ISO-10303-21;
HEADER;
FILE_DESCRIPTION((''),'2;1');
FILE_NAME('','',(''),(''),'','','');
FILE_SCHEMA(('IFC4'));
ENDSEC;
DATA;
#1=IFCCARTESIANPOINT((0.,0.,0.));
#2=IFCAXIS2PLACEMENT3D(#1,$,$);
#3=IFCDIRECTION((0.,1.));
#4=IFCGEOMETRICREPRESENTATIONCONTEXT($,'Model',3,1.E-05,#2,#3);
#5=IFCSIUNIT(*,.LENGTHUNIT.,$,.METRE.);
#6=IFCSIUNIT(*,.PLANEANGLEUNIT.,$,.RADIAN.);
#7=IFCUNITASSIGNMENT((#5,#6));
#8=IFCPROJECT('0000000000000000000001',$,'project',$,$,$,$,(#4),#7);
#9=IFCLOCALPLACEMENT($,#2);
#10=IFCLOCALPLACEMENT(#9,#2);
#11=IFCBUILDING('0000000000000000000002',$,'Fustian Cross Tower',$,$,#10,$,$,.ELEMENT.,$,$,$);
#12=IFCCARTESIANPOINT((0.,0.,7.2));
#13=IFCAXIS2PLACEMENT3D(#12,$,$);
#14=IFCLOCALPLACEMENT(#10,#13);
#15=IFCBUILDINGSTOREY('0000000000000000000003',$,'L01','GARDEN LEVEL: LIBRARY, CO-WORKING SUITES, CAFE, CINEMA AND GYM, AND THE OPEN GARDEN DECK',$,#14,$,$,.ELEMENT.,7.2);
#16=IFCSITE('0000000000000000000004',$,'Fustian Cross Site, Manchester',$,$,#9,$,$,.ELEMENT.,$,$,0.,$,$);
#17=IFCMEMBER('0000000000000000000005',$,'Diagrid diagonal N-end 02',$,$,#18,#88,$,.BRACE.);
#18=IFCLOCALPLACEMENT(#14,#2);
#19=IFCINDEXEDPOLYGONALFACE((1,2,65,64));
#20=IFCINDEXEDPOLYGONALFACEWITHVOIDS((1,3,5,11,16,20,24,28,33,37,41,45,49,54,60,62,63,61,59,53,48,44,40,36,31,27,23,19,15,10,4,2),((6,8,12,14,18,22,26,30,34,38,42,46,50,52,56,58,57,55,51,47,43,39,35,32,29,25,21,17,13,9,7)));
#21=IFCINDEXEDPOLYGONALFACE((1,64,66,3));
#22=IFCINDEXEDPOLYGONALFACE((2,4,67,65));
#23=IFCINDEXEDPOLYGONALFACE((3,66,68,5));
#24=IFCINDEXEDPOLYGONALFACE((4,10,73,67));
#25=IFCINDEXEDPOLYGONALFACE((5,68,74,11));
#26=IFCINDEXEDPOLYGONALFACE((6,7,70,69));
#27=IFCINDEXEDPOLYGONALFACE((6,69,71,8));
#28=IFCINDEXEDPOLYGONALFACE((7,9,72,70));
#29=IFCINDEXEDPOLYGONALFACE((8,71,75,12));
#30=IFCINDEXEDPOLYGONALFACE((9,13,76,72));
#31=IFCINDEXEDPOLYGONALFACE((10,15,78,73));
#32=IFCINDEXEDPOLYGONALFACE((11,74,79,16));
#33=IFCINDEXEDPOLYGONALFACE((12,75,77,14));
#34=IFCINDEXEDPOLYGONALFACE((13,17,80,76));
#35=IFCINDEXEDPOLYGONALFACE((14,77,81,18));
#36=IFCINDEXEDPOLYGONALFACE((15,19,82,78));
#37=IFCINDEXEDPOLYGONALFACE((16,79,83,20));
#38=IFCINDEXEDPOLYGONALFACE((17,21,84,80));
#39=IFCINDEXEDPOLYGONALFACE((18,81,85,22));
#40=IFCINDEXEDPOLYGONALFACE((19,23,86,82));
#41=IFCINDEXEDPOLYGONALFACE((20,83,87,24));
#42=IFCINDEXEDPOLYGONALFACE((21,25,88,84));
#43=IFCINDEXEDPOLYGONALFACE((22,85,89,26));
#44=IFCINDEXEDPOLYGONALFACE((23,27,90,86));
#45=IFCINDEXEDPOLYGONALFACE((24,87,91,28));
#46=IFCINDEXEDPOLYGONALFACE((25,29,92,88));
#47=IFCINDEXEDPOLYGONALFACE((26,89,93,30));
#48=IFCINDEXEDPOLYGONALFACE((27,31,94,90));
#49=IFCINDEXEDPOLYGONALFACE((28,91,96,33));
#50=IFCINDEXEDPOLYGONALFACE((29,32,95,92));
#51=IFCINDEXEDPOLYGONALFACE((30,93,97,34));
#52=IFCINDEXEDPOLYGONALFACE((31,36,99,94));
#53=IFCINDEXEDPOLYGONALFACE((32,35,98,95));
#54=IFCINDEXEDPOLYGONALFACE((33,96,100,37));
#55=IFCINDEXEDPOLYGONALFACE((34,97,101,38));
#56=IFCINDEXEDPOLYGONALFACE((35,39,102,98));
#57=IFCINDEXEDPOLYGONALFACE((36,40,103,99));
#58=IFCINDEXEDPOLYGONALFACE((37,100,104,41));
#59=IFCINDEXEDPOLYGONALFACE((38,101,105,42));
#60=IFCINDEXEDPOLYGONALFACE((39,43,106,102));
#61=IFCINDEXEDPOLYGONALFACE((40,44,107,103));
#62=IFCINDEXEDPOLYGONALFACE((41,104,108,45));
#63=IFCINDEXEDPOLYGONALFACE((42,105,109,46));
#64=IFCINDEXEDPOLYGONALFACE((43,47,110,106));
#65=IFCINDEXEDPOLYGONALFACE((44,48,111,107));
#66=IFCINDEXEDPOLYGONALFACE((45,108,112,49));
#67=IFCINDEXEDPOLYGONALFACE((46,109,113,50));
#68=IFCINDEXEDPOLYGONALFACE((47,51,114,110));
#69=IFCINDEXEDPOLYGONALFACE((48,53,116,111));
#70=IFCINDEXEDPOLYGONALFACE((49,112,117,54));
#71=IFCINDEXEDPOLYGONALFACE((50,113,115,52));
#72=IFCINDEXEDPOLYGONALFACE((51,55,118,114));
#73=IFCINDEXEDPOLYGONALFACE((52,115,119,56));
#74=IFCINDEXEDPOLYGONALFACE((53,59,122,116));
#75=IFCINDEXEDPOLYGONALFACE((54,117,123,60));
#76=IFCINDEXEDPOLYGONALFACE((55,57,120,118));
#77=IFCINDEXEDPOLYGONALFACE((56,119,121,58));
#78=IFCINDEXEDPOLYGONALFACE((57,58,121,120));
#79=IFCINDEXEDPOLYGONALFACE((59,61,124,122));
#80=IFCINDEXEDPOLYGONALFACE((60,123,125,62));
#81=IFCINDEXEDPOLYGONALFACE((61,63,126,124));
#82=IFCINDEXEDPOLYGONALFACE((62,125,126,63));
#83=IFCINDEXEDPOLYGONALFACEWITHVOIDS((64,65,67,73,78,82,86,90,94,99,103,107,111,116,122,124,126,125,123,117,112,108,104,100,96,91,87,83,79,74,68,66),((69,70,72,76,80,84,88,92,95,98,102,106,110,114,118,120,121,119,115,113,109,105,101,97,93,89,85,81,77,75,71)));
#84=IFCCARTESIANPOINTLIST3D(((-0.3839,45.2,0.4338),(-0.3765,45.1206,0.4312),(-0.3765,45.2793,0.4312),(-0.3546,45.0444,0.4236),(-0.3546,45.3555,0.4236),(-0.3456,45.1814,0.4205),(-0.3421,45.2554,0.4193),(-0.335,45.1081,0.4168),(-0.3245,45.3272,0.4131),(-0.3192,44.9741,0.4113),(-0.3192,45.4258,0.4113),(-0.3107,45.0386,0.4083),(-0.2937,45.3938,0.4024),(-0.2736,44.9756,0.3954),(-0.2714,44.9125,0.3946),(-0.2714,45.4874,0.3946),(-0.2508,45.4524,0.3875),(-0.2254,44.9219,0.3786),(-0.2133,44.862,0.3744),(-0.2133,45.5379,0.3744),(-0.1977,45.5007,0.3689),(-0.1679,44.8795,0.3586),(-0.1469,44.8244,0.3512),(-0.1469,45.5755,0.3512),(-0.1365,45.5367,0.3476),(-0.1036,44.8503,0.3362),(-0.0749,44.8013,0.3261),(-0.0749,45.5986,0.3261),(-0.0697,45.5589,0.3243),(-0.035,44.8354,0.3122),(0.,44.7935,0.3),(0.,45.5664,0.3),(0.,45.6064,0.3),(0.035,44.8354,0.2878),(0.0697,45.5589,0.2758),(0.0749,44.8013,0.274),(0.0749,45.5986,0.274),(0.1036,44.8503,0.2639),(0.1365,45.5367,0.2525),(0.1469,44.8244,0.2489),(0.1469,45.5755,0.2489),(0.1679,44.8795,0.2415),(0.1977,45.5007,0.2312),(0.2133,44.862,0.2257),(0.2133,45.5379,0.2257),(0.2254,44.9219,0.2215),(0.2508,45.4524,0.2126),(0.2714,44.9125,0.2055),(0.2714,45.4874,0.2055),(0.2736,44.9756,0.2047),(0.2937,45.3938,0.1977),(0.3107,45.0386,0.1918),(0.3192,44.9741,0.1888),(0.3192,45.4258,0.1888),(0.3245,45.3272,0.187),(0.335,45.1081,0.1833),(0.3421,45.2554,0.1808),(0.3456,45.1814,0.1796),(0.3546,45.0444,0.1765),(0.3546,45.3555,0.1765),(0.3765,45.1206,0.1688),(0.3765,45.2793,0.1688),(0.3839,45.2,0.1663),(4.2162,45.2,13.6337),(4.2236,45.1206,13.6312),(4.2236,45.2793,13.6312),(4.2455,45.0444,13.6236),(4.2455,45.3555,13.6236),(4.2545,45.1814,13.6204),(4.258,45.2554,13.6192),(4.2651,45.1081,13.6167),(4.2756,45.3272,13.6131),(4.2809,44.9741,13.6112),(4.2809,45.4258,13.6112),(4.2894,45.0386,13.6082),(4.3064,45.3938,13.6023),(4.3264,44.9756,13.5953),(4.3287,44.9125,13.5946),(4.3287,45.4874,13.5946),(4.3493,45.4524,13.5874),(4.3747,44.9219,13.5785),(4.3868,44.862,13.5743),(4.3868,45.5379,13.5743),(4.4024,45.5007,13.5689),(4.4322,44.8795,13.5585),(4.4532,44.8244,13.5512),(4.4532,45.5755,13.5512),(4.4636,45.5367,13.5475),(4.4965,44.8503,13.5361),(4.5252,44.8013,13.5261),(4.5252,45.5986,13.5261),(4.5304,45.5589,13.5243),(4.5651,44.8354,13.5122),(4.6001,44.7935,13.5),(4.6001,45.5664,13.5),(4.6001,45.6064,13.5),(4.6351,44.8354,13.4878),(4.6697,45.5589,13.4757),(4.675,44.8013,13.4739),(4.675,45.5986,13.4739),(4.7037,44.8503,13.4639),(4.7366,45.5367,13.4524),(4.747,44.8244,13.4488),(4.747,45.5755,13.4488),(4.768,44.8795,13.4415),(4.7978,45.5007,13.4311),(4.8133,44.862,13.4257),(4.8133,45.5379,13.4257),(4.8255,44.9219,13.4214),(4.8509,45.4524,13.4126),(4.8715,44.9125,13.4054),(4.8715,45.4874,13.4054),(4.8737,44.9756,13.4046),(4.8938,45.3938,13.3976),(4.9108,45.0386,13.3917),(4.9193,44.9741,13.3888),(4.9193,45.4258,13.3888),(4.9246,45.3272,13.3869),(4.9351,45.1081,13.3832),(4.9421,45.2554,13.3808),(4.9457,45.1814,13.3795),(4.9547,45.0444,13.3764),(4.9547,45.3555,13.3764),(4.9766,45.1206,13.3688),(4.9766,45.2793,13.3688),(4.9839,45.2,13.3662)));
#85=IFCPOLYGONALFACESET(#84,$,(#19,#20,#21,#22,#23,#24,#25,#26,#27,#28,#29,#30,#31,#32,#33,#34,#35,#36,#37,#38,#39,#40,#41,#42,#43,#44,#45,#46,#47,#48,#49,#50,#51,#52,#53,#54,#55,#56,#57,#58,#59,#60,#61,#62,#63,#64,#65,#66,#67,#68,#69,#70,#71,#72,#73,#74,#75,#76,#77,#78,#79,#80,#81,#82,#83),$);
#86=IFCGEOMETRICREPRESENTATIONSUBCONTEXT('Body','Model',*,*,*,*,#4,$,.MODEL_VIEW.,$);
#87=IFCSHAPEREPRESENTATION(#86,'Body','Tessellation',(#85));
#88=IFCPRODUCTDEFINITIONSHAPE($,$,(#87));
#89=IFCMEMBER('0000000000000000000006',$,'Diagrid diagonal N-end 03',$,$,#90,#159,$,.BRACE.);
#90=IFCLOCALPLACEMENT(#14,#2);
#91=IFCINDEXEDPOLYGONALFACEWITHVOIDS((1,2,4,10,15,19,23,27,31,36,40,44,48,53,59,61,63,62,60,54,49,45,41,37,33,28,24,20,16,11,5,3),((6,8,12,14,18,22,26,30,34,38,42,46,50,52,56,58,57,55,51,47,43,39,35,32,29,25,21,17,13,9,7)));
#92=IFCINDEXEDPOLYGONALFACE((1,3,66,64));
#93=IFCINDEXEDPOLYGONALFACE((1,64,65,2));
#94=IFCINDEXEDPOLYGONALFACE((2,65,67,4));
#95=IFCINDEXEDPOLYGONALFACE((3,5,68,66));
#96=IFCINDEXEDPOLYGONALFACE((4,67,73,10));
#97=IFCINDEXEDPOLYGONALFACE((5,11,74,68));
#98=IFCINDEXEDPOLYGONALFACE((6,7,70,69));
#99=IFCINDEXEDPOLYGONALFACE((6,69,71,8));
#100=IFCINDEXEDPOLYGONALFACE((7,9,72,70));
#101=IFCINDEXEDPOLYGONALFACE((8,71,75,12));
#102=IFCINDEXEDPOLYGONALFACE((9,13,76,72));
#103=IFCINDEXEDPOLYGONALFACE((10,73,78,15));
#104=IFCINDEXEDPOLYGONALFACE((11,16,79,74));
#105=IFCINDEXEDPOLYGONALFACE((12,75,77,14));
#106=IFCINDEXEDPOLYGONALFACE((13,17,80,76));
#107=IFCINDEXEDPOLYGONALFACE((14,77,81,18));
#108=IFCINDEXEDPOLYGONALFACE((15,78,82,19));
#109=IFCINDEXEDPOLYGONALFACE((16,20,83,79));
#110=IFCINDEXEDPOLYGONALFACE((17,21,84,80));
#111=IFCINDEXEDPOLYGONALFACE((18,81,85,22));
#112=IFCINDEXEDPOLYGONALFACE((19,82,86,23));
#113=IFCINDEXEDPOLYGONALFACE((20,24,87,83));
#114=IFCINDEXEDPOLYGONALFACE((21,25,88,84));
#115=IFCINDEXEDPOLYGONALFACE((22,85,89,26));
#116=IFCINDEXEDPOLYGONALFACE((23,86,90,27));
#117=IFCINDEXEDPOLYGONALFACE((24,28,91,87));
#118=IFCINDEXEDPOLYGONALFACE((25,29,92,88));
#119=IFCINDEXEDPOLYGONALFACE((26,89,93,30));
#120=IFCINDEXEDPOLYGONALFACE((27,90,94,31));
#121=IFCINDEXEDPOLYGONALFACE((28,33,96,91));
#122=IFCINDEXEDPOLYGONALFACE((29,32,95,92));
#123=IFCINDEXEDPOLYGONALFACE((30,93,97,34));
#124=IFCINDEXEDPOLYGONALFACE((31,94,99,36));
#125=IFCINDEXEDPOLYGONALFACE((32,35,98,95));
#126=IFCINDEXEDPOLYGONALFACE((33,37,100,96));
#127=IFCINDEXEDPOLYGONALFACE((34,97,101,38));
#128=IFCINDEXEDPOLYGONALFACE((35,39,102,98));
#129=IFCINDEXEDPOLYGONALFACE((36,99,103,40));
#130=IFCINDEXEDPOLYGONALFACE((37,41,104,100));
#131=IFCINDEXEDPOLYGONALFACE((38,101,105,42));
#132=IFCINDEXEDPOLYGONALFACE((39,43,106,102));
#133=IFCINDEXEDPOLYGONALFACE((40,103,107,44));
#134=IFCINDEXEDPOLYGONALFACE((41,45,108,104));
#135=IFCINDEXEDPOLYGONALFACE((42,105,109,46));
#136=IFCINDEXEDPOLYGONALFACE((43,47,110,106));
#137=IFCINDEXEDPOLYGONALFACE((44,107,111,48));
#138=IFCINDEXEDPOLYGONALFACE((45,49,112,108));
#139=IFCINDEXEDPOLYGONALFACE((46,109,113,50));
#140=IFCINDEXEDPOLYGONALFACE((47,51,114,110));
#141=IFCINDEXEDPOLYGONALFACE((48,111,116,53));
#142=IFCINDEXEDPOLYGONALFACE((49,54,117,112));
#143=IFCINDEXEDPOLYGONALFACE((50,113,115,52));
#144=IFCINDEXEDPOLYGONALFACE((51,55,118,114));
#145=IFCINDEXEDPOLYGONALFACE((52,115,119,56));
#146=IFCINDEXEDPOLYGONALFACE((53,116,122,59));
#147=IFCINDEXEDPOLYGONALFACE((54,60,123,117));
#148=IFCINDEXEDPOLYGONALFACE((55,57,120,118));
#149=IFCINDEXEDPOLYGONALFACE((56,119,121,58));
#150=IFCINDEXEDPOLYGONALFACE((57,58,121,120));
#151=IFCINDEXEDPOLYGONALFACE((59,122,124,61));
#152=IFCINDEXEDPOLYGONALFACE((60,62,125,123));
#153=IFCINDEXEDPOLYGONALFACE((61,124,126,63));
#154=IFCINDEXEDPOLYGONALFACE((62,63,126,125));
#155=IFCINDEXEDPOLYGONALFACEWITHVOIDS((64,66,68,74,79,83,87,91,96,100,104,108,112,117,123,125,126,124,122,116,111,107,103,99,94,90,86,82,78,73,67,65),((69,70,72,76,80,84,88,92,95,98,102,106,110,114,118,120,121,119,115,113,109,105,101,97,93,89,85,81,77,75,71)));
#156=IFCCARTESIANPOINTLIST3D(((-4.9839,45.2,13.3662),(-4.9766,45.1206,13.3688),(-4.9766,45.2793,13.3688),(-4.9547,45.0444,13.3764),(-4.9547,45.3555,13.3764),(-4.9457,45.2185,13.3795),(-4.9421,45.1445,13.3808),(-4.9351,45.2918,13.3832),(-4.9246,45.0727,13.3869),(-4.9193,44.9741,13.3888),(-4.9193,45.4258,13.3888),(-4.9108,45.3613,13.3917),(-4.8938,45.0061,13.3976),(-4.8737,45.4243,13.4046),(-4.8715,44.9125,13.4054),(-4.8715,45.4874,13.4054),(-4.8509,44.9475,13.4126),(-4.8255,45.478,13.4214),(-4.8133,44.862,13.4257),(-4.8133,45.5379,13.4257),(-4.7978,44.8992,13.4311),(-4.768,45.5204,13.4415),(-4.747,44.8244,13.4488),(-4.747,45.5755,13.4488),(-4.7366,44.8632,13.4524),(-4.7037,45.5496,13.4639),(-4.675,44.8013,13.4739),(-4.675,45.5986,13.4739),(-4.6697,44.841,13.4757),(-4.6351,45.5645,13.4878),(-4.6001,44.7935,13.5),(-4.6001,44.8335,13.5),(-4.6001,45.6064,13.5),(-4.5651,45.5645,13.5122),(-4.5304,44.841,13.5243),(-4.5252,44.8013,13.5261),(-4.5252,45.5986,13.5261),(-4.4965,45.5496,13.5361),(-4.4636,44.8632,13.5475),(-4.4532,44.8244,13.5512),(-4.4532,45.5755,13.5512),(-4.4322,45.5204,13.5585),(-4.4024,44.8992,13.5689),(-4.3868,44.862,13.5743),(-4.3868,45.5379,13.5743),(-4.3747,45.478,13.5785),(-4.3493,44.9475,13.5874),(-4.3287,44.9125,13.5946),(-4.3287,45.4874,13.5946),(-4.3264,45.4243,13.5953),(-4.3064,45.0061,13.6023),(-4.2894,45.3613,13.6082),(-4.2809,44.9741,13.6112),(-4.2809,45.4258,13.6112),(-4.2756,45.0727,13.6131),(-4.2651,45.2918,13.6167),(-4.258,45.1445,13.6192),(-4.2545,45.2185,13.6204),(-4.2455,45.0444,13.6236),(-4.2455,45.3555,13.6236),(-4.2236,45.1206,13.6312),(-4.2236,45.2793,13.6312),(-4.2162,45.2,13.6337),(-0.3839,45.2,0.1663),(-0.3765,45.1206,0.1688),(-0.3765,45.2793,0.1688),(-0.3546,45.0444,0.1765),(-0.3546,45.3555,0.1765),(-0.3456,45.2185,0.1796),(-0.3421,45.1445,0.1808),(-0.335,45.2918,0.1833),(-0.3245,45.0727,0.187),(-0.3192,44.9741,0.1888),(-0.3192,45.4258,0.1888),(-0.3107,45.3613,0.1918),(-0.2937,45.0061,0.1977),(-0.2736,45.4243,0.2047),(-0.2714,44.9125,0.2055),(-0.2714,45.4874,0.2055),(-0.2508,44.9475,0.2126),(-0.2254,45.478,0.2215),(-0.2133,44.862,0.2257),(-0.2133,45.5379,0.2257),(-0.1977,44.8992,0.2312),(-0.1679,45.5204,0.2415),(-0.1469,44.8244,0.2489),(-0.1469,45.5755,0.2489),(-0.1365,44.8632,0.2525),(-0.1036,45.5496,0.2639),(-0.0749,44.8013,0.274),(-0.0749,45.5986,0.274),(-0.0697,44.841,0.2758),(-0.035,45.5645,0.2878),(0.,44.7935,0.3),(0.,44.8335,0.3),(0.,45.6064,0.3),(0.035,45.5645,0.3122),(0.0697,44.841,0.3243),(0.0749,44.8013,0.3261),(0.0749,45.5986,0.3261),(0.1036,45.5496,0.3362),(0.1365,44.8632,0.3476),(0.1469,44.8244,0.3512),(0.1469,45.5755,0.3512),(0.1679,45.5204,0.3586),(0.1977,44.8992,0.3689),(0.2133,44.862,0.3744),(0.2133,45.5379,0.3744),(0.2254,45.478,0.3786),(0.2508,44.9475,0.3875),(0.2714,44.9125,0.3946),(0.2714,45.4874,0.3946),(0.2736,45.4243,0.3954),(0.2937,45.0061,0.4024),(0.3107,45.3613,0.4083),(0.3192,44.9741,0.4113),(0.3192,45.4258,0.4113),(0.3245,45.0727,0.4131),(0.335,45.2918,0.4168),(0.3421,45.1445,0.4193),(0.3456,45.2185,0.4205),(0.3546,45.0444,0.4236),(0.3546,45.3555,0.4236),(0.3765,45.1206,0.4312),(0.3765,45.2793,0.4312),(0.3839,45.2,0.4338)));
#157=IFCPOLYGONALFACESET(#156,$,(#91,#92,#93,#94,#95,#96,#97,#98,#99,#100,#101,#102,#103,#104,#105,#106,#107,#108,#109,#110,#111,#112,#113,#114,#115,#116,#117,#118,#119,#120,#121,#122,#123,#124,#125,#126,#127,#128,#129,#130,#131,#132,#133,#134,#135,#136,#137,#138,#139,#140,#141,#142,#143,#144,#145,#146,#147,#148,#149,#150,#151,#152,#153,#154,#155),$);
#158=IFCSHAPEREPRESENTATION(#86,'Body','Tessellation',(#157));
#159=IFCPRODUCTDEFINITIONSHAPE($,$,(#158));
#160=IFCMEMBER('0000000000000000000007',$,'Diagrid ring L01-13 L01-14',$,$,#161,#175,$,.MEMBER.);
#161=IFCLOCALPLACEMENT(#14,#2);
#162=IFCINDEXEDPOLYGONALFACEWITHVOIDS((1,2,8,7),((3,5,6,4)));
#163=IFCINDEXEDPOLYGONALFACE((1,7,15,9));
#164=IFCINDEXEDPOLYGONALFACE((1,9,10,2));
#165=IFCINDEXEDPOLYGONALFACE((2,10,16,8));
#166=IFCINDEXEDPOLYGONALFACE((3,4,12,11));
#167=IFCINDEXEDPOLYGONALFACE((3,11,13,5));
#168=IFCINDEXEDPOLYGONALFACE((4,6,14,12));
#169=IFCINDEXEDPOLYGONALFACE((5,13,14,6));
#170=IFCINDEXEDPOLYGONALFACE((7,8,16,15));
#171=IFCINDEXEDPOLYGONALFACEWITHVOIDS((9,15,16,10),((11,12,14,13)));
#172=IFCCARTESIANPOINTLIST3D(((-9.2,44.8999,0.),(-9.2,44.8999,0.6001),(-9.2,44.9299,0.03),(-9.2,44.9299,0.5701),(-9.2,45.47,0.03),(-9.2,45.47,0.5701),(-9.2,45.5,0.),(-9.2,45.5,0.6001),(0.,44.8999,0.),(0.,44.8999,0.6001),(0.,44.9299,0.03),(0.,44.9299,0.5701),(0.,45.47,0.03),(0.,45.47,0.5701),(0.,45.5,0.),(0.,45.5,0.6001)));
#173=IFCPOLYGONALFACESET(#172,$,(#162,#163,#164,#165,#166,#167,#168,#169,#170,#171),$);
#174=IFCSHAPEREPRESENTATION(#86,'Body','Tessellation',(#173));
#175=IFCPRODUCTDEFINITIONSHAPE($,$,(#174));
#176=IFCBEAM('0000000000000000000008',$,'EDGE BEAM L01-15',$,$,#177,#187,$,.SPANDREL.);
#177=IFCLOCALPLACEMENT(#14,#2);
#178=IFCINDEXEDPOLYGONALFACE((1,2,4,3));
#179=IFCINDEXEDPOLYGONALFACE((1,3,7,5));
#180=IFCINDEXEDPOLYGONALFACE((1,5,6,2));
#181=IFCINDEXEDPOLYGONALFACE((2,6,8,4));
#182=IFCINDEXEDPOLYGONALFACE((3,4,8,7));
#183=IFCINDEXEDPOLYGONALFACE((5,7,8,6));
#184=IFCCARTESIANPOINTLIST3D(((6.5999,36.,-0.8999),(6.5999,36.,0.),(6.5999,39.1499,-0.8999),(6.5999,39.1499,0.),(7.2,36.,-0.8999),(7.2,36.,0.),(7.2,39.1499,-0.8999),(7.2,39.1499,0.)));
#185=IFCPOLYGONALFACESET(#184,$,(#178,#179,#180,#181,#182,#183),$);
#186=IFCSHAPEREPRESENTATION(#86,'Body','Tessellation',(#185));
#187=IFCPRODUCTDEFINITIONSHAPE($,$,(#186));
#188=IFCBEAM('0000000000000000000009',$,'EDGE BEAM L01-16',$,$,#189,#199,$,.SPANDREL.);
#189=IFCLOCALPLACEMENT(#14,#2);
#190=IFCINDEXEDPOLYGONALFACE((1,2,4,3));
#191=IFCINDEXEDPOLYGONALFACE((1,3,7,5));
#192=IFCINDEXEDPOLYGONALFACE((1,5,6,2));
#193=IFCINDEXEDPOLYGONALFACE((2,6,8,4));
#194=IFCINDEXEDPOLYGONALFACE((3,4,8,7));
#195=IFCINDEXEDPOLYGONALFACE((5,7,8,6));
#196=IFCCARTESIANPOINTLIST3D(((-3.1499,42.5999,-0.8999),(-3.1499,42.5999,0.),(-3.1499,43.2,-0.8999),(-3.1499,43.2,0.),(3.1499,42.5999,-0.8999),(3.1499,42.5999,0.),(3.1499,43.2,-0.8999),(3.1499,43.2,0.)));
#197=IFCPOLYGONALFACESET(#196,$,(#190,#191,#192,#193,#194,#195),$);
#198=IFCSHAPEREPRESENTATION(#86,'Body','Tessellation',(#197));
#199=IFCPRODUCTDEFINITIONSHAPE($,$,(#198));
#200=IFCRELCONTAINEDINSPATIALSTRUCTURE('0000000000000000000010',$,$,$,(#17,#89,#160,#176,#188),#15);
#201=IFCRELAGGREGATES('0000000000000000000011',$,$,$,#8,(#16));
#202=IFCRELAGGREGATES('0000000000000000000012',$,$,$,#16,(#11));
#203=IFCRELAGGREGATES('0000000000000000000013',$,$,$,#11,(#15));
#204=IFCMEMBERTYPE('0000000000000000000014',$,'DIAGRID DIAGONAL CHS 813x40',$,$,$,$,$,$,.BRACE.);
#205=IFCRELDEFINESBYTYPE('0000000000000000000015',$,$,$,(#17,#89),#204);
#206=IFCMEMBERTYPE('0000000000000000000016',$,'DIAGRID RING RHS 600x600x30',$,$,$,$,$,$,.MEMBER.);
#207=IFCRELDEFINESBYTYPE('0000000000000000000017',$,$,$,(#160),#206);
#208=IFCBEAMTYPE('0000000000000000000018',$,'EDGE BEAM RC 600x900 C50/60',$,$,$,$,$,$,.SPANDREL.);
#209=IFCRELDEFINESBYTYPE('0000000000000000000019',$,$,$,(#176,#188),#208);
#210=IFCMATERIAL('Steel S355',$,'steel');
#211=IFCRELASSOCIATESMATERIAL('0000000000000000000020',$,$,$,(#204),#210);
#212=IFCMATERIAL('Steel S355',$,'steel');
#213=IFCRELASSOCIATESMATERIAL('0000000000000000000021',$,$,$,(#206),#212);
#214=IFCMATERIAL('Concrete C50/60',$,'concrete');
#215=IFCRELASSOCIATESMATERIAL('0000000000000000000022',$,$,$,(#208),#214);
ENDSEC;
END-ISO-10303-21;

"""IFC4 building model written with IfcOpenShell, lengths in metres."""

from ifc_helpers import new_model, si_unit, direction, frame, origin, origin_2d, place, context, subcontext, project, spatial, rectangle, hollow_rectangle, hollow_circle, extrude, material, material_profile, profile_set, type_object, element, save


model = new_model("IFC4")

# Units and contexts
model_context = context("Model", 3, precision=1e-05, world=origin(), true_north=direction((0.0, 1.0)))
body_context = subcontext(model_context, "Body", "Model", "MODEL_VIEW")
ifc_project = project(units=[si_unit("LENGTHUNIT", "METRE"), si_unit("PLANEANGLEUNIT", "RADIAN")], contexts=[model_context])

# Site, building, storey
site_placement = place(None, origin())
site = spatial("IfcSite", under=ifc_project, at=site_placement, Name="Fustian Cross Site, Manchester", CompositionType="ELEMENT", RefElevation=0.0)
building_placement = place(site_placement, origin())
building = spatial("IfcBuilding", under=site, at=building_placement, Name="Fustian Cross Tower", CompositionType="ELEMENT")
storey_placement = place(building_placement, frame((0.0, 0.0, 7.2)))
storey = spatial("IfcBuildingStorey", under=building, at=storey_placement, Name="L01", Description="GARDEN LEVEL: LIBRARY, CO-WORKING SUITES, CAFE, CINEMA AND GYM, AND THE OPEN GARDEN DECK", CompositionType="ELEMENT", Elevation=7.2)

# Members
ifc_material_1 = material(Name="Steel S355", Category="steel")
ifc_material_profile_1 = material_profile(ifc_material_1, hollow_circle(Radius=0.4065, WallThickness=0.04, at=origin_2d()), Name="CHS 813x40")
ifc_profile_set_1 = profile_set([ifc_material_profile_1], Name="Steel S355")
member_type_1 = type_object("IfcMemberType", Name="DIAGRID DIAGONAL CHS 813x40", PredefinedType="BRACE", material=ifc_profile_set_1)
for number, where, z_axis, x_axis, name in (
    (1, (0.0, 45.2, 0.3), (0.329083, 0.0, 0.944301), (0.0, 1.0, 0.0), "Diagrid diagonal N-end 02"),
    (2, (0.0, 45.2, 0.3), (-0.329083, 0.0, 0.944301), (0.0, -1.0, 0.0), "Diagrid diagonal N-end 03"),
):
    element("IfcMember", number, at=place(storey_placement, frame(where, z_axis=z_axis, x_axis=x_axis)), inside=storey, type_object=member_type_1, Name=name, PredefinedType="BRACE", context=body_context, shape_type="SweptSolid", body=[
        extrude(hollow_circle(Radius=0.4065, WallThickness=0.04, at=origin_2d()), origin(), (0.0, 0.0, 1.0), 13.9785),
    ])
ifc_material_2 = material(Name="Steel S355", Category="steel")
ifc_material_profile_2 = material_profile(ifc_material_2, hollow_rectangle(XDim=0.6001, YDim=0.6001, WallThickness=0.03, at=origin_2d()), Name="RHS 600x600x30")
ifc_profile_set_2 = profile_set([ifc_material_profile_2], Name="Steel S355")
member_type_2 = type_object("IfcMemberType", Name="DIAGRID RING RHS 600x600x30", PredefinedType="MEMBER", material=ifc_profile_set_2)
member_1_placement = place(storey_placement, frame((0.0, 45.2, 0.3), z_axis=(-1.0, 0.0, 0.0), x_axis=(0.0, -1.0, 0.0)))
element("IfcMember", 3, at=member_1_placement, inside=storey, type_object=member_type_2, Name="Diagrid ring L01-13 L01-14", PredefinedType="MEMBER", context=body_context, shape_type="SweptSolid", body=[
    extrude(hollow_rectangle(XDim=0.6001, YDim=0.6001, WallThickness=0.03, at=origin_2d()), origin(), (0.0, 0.0, 1.0), 9.2),
])

# Beams
ifc_material_3 = material(Name="Concrete C50/60", Category="concrete")
ifc_material_profile_3 = material_profile(ifc_material_3, rectangle(XDim=0.6001, YDim=0.8999, at=origin_2d()), Name="RC 600x900")
ifc_profile_set_3 = profile_set([ifc_material_profile_3], Name="Concrete C50/60")
beam_type = type_object("IfcBeamType", Name="EDGE BEAM RC 600x900 C50/60", PredefinedType="SPANDREL", material=ifc_profile_set_3)
beam_1_placement = place(storey_placement, frame((6.8999, 36.0, -0.45), z_axis=(0.0, 1.0, 0.0), x_axis=(-1.0, 0.0, 0.0)))
element("IfcBeam", 4, at=beam_1_placement, inside=storey, type_object=beam_type, Name="EDGE BEAM L01-15", PredefinedType="SPANDREL", context=body_context, shape_type="SweptSolid", body=[
    extrude(rectangle(XDim=0.6001, YDim=0.8999, at=origin_2d()), origin(), (0.0, 0.0, 1.0), 3.1499),
])
beam_2_placement = place(storey_placement, frame((3.1499, 42.8999, -0.45), z_axis=(-1.0, 0.0, 0.0), x_axis=(0.0, -1.0, 0.0)))
element("IfcBeam", 5, at=beam_2_placement, inside=storey, type_object=beam_type, Name="EDGE BEAM L01-16", PredefinedType="SPANDREL", context=body_context, shape_type="SweptSolid", body=[
    extrude(rectangle(XDim=0.6001, YDim=0.8999, at=origin_2d()), origin(), (0.0, 0.0, 1.0), 6.2998),
])

save(model, "model.ifc")
